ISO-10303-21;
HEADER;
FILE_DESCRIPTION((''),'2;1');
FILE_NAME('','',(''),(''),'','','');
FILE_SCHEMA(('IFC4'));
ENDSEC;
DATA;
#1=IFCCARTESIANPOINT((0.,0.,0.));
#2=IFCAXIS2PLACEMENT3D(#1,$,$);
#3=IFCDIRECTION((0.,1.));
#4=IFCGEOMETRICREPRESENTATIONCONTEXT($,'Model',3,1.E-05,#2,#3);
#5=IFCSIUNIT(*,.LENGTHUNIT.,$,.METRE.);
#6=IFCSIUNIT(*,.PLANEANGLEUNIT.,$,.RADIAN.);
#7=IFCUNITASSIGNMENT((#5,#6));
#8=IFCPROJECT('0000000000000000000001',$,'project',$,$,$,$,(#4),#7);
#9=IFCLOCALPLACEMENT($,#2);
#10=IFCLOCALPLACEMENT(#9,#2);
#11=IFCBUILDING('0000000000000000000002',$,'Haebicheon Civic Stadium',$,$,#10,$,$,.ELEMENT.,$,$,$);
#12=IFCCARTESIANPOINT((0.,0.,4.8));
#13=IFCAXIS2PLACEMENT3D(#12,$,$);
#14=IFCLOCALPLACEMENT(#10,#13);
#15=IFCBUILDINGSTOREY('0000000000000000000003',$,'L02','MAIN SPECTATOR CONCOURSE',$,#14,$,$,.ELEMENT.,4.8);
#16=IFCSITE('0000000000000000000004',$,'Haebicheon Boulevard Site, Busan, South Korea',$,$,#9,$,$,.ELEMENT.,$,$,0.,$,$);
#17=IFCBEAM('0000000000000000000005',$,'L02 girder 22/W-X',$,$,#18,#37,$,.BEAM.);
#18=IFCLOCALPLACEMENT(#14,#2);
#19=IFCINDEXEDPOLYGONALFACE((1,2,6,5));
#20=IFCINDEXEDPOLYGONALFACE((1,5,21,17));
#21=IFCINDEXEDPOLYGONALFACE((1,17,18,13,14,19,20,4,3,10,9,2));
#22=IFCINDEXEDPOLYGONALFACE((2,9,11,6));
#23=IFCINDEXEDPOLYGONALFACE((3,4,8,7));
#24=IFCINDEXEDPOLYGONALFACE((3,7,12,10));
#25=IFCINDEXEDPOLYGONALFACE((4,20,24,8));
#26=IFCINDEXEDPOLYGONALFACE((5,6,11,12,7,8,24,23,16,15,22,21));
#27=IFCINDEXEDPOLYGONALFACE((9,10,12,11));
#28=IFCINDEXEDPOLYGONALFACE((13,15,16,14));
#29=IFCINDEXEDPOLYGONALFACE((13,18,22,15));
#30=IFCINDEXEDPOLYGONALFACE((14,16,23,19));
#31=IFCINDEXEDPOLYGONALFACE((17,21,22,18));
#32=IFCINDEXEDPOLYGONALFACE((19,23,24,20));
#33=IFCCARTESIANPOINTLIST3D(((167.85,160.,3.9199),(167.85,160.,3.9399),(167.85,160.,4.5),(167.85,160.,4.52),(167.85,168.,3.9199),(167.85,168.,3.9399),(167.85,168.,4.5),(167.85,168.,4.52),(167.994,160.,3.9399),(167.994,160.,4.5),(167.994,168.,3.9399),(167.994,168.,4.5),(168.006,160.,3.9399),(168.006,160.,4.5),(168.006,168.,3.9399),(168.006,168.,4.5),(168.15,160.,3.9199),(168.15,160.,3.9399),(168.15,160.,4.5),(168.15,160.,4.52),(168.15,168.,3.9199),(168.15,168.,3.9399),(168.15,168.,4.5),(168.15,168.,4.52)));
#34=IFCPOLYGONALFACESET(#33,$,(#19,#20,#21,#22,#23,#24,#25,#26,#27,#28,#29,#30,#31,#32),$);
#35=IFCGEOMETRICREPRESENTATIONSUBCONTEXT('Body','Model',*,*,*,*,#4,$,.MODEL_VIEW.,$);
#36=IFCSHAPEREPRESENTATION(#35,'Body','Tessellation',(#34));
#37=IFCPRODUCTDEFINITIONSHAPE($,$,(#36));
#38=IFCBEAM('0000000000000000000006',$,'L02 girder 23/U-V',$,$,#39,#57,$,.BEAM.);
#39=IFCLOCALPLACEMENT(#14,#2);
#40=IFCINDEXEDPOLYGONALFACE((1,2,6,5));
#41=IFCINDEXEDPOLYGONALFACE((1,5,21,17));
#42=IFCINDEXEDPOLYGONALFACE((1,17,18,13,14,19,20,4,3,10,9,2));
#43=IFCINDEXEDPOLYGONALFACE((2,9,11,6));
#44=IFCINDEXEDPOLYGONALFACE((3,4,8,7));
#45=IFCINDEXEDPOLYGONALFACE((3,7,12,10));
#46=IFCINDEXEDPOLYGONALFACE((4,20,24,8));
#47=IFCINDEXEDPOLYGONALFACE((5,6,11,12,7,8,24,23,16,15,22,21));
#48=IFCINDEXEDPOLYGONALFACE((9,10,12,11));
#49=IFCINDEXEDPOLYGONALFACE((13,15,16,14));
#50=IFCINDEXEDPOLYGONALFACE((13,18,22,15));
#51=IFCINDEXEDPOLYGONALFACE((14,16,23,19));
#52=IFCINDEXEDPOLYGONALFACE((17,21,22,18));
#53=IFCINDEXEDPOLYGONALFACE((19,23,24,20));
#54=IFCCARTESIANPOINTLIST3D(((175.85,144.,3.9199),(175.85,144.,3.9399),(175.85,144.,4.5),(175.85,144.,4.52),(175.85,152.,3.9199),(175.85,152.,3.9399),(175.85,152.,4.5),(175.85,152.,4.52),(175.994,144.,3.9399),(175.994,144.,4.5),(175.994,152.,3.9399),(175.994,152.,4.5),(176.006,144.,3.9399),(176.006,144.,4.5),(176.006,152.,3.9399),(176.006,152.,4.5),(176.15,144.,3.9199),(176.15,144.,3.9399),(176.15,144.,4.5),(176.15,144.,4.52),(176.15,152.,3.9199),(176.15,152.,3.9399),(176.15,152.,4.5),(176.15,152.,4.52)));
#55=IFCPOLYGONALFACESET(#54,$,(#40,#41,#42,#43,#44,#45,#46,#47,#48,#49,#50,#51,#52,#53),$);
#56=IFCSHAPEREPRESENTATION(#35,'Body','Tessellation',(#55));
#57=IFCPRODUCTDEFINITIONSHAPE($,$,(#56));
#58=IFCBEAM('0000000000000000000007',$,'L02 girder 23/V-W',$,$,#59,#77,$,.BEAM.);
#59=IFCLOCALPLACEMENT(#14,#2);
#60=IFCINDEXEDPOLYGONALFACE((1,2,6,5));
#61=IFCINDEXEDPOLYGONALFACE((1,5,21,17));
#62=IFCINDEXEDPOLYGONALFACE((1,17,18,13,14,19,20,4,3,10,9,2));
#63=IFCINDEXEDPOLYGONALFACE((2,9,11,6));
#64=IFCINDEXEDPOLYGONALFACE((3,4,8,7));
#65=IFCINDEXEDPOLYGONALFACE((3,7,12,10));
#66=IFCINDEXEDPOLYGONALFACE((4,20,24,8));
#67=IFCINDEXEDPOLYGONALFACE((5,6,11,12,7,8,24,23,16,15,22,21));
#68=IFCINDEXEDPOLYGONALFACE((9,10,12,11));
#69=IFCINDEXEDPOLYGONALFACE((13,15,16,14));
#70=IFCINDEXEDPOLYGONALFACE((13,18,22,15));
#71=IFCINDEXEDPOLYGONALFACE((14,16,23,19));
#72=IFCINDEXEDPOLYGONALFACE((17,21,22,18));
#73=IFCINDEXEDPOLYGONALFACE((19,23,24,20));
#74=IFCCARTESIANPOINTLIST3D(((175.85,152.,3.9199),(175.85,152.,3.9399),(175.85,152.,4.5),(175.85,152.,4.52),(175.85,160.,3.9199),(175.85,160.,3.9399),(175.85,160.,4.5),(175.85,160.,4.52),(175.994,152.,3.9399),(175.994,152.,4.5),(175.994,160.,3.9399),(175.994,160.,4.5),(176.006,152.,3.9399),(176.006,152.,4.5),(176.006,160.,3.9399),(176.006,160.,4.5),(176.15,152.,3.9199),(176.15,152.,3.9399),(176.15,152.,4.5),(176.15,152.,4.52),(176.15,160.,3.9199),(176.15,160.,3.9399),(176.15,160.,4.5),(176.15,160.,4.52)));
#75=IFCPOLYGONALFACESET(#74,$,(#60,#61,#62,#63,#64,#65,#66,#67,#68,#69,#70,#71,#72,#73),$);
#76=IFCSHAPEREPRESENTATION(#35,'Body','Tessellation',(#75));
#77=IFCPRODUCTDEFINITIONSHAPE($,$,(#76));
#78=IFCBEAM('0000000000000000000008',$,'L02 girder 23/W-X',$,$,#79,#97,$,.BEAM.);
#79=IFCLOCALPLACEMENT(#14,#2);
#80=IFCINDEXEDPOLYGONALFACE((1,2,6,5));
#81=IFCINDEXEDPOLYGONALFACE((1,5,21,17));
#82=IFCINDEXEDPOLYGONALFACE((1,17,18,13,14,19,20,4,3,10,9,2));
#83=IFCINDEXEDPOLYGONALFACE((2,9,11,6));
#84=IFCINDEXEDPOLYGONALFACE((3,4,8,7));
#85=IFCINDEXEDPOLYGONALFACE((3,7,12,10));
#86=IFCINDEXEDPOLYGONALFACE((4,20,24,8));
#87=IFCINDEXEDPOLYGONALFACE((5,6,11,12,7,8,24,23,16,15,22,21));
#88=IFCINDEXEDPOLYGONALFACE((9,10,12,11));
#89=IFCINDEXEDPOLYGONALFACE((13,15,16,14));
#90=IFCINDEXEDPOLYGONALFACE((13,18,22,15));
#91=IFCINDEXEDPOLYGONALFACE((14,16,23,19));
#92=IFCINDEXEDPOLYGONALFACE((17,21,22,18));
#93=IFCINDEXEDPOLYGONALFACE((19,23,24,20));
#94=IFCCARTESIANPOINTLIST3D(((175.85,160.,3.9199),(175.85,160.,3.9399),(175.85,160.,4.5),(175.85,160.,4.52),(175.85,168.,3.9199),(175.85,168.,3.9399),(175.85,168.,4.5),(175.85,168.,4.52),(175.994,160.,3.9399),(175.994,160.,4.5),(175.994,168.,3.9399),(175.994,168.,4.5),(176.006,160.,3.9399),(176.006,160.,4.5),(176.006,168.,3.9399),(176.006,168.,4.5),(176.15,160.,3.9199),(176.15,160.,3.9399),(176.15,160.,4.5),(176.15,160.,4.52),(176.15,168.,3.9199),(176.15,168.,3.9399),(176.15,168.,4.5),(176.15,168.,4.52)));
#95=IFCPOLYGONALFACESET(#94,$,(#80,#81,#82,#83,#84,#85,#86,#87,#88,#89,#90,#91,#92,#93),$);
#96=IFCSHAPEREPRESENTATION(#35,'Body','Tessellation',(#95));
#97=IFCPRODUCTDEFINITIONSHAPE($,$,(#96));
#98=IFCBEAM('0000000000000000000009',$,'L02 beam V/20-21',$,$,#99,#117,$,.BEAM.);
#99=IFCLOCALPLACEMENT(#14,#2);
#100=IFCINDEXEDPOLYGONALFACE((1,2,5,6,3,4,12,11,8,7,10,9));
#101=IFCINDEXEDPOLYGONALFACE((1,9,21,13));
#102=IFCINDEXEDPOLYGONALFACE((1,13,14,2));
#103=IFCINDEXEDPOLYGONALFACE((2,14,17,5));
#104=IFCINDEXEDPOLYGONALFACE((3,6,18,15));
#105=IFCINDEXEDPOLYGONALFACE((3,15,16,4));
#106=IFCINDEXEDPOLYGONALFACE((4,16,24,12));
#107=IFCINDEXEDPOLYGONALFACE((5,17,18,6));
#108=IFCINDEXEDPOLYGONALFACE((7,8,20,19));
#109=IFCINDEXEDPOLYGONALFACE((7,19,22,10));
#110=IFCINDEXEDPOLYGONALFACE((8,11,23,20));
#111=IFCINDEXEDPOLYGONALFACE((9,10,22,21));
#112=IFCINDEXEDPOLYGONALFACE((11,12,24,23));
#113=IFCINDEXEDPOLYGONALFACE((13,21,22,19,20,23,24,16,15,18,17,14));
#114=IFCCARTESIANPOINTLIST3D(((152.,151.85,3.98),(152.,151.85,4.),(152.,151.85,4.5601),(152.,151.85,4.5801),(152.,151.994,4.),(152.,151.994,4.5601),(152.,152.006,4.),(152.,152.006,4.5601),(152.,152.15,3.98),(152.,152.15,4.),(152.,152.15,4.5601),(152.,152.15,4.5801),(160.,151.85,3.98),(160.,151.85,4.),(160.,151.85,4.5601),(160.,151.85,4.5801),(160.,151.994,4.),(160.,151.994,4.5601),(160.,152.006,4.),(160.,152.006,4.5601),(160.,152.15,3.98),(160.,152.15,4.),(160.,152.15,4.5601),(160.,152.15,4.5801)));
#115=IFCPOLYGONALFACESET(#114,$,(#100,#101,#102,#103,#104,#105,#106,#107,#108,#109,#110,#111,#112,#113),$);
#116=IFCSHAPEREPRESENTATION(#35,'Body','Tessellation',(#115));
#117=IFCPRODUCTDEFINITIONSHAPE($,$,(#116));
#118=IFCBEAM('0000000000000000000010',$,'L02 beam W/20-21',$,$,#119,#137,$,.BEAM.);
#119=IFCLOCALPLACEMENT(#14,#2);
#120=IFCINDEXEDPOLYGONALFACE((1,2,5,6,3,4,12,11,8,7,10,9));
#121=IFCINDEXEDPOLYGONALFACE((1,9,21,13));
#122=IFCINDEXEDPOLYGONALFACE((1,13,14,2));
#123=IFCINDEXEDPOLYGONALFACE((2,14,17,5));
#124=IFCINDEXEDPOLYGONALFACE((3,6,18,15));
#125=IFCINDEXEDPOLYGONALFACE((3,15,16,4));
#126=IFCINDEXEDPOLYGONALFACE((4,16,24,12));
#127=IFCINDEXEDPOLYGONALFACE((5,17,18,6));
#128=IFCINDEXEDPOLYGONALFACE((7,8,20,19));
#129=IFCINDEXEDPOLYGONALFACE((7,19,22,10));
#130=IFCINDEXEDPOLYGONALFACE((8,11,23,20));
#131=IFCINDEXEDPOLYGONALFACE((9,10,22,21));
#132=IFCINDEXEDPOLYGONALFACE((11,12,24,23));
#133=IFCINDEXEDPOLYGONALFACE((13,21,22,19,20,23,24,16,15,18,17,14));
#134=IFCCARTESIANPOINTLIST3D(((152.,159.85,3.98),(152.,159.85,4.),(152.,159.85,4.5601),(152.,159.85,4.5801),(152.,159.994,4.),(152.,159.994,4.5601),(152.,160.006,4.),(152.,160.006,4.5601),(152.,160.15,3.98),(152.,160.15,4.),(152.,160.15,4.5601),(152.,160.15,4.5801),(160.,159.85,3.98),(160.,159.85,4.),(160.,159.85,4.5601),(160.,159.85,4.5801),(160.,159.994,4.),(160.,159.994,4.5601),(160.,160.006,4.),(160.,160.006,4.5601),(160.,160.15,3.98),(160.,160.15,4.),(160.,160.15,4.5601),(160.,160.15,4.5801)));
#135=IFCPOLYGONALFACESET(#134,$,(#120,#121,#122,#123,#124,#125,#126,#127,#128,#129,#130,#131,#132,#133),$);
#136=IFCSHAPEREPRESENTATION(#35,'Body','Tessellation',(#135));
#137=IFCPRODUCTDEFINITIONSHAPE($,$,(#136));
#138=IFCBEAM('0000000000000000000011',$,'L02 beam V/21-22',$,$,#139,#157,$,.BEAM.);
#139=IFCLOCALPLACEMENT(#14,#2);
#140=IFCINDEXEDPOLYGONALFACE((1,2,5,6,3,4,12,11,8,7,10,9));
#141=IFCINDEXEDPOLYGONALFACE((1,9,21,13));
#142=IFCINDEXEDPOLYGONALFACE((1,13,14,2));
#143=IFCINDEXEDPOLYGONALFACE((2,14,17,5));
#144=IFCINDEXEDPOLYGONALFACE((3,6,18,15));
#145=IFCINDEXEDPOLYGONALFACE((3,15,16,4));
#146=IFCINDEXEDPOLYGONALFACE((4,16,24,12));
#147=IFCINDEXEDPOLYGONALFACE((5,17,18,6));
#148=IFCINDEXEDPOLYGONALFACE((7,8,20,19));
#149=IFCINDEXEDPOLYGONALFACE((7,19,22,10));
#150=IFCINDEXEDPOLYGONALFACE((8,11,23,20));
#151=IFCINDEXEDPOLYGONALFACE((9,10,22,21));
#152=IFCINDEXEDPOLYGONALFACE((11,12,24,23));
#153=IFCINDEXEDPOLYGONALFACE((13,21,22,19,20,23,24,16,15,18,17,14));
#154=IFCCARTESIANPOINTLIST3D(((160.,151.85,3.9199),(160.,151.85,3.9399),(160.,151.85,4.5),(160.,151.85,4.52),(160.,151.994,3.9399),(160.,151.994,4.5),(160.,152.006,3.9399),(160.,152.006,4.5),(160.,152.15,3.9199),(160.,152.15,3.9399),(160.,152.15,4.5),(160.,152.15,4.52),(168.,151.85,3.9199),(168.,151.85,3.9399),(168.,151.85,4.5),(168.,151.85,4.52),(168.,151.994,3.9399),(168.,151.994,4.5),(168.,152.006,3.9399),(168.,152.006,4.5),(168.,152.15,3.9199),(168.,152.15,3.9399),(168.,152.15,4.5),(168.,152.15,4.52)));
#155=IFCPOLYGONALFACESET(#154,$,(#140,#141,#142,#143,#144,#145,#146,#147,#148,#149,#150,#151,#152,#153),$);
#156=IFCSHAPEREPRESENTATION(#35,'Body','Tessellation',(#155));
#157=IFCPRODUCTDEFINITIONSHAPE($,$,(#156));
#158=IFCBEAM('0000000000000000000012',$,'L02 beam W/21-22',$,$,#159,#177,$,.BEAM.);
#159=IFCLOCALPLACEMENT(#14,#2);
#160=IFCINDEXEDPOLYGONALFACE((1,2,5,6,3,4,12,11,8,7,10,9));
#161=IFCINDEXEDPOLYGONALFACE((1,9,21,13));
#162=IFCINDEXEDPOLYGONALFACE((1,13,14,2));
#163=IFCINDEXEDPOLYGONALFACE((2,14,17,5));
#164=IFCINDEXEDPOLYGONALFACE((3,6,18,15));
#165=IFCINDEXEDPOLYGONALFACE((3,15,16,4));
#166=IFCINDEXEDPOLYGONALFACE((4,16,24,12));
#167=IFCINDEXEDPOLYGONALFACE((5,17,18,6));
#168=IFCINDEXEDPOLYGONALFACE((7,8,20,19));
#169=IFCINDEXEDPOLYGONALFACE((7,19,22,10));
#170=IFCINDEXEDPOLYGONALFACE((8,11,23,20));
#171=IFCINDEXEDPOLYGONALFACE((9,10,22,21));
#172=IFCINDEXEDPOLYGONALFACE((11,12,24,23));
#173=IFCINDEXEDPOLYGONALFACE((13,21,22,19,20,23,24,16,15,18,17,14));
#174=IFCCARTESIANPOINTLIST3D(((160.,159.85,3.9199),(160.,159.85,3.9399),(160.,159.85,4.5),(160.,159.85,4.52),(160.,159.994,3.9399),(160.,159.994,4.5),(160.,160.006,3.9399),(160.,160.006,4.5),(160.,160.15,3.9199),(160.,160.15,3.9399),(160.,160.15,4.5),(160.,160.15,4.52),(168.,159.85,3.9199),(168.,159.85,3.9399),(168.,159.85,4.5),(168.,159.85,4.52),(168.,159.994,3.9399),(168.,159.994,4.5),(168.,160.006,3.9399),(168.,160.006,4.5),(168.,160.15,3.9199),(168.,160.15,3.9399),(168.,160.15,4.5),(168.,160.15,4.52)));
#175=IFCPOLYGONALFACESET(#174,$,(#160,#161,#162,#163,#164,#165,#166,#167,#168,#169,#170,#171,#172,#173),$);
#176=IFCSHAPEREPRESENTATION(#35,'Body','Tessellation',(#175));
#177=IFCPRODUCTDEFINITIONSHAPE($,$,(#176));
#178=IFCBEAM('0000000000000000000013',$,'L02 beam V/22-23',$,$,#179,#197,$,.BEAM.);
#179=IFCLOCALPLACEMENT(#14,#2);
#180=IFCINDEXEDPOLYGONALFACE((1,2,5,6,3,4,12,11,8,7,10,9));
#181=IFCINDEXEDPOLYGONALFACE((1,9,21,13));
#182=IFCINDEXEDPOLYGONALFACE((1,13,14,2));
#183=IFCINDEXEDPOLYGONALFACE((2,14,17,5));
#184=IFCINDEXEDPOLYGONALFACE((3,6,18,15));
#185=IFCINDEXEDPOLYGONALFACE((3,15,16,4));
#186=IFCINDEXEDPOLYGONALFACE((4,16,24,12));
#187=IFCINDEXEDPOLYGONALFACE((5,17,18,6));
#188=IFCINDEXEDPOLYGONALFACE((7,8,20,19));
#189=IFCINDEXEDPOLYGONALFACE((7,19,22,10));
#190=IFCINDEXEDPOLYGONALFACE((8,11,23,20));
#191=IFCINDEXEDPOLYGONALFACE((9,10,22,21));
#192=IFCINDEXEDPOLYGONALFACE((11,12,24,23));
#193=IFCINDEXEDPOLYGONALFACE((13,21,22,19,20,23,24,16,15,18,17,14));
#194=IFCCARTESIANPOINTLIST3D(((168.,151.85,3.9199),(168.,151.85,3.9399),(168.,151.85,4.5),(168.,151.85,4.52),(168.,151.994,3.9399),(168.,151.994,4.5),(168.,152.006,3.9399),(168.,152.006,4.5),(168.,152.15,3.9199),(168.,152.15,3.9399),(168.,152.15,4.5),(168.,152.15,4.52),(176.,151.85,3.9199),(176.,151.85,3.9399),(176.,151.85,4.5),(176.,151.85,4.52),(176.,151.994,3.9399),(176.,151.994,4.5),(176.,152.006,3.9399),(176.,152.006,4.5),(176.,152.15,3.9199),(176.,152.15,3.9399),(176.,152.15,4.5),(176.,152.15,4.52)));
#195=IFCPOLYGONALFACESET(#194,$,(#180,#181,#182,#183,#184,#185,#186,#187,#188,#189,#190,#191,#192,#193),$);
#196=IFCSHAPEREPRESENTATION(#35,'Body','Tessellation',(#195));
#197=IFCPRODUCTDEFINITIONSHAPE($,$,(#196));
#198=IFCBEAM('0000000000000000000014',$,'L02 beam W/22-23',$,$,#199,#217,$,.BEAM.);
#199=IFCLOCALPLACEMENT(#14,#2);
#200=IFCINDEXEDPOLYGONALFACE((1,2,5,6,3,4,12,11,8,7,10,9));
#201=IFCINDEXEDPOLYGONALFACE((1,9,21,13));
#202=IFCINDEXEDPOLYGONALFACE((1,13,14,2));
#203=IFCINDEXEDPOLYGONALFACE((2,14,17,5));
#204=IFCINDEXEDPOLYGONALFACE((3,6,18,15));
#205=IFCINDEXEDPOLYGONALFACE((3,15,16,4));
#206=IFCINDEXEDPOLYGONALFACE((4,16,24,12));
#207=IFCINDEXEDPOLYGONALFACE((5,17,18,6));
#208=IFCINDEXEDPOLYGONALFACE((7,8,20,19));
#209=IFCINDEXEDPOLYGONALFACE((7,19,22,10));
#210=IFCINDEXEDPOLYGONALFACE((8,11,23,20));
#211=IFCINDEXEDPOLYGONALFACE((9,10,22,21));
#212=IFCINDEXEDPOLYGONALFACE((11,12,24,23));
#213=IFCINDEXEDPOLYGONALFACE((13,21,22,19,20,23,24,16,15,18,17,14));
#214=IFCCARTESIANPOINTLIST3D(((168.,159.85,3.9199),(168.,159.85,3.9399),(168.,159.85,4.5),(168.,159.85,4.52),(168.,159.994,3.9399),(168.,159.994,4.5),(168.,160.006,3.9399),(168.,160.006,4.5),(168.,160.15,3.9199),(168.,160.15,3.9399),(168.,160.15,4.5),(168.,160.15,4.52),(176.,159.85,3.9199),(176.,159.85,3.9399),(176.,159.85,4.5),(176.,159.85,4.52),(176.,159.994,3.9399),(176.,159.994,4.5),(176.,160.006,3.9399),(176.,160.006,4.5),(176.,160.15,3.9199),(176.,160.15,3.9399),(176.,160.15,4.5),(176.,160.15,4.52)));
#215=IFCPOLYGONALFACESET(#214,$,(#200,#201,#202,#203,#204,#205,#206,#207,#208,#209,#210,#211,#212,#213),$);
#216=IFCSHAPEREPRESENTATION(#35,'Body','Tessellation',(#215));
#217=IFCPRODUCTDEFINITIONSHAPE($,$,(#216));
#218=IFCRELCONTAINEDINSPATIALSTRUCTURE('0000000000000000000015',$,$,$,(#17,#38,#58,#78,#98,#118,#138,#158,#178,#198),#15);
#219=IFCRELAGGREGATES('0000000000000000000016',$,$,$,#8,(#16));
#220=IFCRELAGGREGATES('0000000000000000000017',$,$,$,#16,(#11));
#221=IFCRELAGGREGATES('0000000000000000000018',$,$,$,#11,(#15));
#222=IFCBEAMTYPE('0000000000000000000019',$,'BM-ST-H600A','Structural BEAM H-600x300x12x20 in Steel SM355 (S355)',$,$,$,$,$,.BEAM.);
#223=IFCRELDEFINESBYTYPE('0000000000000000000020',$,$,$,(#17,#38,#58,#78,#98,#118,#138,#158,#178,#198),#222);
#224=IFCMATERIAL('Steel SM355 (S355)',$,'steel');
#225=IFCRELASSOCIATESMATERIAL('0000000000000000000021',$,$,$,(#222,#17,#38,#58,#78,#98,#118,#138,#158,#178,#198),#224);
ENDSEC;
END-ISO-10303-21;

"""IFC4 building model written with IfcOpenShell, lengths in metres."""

from ifc_helpers import new_model, si_unit, direction, frame, origin, origin_2d, place, context, subcontext, project, spatial, i_section, extrude, material, material_profile, profile_set, type_object, element, save


model = new_model("IFC4")

# Units and contexts
model_context = context("Model", 3, precision=1e-05, world=origin(), true_north=direction((0.0, 1.0)))
body_context = subcontext(model_context, "Body", "Model", "MODEL_VIEW")
ifc_project = project(units=[si_unit("LENGTHUNIT", "METRE"), si_unit("PLANEANGLEUNIT", "RADIAN")], contexts=[model_context])

# Site, building, storey
site_placement = place(None, origin())
site = spatial("IfcSite", under=ifc_project, at=site_placement, Name="Haebicheon Boulevard Site, Busan, South Korea", CompositionType="ELEMENT", RefElevation=0.0)
building_placement = place(site_placement, origin())
building = spatial("IfcBuilding", under=site, at=building_placement, Name="Haebicheon Civic Stadium", CompositionType="ELEMENT")
storey_placement = place(building_placement, frame((0.0, 0.0, 4.8)))
storey = spatial("IfcBuildingStorey", under=building, at=storey_placement, Name="L02", Description="MAIN SPECTATOR CONCOURSE", CompositionType="ELEMENT", Elevation=4.8)

# Beams
ifc_material_1 = material(Name="Steel SM355 (S355)", Category="steel")
ifc_material_profile_1 = material_profile(ifc_material_1, i_section(OverallWidth=0.3, OverallDepth=0.6001, WebThickness=0.012, FlangeThickness=0.02, at=origin_2d()), Name="H-600x300x12x20")
ifc_profile_set_1 = profile_set([ifc_material_profile_1], Name="Steel SM355 (S355)")
beam_type_1 = type_object("IfcBeamType", Name="BM-ST-H600A", Description="Structural BEAM H-600x300x12x20 in Steel SM355 (S355)", PredefinedType="BEAM", material=ifc_profile_set_1)
for number, where, z_axis, x_axis, name in (
    (1, (168.0, 160.0, 4.22), (0.0, 1.0, 0.0), (-1.0, 0.0, 0.0), "L02 girder 22/W-X"),
    (2, (176.0, 144.0, 4.22), (0.0, 1.0, 0.0), (-1.0, 0.0, 0.0), "L02 girder 23/U-V"),
    (3, (176.0, 152.0, 4.22), (0.0, 1.0, 0.0), (-1.0, 0.0, 0.0), "L02 girder 23/V-W"),
    (4, (176.0, 160.0, 4.22), (0.0, 1.0, 0.0), (-1.0, 0.0, 0.0), "L02 girder 23/W-X"),
    (5, (152.0, 152.0, 4.28), (1.0, 0.0, 0.0), (0.0, 1.0, 0.0), "L02 beam V/20-21"),
    (6, (152.0, 160.0, 4.28), (1.0, 0.0, 0.0), (0.0, 1.0, 0.0), "L02 beam W/20-21"),
    (7, (160.0, 152.0, 4.22), (1.0, 0.0, 0.0), (0.0, 1.0, 0.0), "L02 beam V/21-22"),
    (8, (160.0, 160.0, 4.22), (1.0, 0.0, 0.0), (0.0, 1.0, 0.0), "L02 beam W/21-22"),
    (9, (168.0, 152.0, 4.22), (1.0, 0.0, 0.0), (0.0, 1.0, 0.0), "L02 beam V/22-23"),
    (10, (168.0, 160.0, 4.22), (1.0, 0.0, 0.0), (0.0, 1.0, 0.0), "L02 beam W/22-23"),
):
    element("IfcBeam", number, at=place(storey_placement, frame(where, z_axis=z_axis, x_axis=x_axis)), inside=storey, type_object=beam_type_1, material=ifc_profile_set_1, Name=name, PredefinedType="BEAM", context=body_context, shape_type="SweptSolid", body=[
        extrude(i_section(OverallWidth=0.3, OverallDepth=0.6001, WebThickness=0.012, FlangeThickness=0.02, at=origin_2d()), origin(), (0.0, 0.0, 1.0), 8.0),
    ])

save(model, "model.ifc")
